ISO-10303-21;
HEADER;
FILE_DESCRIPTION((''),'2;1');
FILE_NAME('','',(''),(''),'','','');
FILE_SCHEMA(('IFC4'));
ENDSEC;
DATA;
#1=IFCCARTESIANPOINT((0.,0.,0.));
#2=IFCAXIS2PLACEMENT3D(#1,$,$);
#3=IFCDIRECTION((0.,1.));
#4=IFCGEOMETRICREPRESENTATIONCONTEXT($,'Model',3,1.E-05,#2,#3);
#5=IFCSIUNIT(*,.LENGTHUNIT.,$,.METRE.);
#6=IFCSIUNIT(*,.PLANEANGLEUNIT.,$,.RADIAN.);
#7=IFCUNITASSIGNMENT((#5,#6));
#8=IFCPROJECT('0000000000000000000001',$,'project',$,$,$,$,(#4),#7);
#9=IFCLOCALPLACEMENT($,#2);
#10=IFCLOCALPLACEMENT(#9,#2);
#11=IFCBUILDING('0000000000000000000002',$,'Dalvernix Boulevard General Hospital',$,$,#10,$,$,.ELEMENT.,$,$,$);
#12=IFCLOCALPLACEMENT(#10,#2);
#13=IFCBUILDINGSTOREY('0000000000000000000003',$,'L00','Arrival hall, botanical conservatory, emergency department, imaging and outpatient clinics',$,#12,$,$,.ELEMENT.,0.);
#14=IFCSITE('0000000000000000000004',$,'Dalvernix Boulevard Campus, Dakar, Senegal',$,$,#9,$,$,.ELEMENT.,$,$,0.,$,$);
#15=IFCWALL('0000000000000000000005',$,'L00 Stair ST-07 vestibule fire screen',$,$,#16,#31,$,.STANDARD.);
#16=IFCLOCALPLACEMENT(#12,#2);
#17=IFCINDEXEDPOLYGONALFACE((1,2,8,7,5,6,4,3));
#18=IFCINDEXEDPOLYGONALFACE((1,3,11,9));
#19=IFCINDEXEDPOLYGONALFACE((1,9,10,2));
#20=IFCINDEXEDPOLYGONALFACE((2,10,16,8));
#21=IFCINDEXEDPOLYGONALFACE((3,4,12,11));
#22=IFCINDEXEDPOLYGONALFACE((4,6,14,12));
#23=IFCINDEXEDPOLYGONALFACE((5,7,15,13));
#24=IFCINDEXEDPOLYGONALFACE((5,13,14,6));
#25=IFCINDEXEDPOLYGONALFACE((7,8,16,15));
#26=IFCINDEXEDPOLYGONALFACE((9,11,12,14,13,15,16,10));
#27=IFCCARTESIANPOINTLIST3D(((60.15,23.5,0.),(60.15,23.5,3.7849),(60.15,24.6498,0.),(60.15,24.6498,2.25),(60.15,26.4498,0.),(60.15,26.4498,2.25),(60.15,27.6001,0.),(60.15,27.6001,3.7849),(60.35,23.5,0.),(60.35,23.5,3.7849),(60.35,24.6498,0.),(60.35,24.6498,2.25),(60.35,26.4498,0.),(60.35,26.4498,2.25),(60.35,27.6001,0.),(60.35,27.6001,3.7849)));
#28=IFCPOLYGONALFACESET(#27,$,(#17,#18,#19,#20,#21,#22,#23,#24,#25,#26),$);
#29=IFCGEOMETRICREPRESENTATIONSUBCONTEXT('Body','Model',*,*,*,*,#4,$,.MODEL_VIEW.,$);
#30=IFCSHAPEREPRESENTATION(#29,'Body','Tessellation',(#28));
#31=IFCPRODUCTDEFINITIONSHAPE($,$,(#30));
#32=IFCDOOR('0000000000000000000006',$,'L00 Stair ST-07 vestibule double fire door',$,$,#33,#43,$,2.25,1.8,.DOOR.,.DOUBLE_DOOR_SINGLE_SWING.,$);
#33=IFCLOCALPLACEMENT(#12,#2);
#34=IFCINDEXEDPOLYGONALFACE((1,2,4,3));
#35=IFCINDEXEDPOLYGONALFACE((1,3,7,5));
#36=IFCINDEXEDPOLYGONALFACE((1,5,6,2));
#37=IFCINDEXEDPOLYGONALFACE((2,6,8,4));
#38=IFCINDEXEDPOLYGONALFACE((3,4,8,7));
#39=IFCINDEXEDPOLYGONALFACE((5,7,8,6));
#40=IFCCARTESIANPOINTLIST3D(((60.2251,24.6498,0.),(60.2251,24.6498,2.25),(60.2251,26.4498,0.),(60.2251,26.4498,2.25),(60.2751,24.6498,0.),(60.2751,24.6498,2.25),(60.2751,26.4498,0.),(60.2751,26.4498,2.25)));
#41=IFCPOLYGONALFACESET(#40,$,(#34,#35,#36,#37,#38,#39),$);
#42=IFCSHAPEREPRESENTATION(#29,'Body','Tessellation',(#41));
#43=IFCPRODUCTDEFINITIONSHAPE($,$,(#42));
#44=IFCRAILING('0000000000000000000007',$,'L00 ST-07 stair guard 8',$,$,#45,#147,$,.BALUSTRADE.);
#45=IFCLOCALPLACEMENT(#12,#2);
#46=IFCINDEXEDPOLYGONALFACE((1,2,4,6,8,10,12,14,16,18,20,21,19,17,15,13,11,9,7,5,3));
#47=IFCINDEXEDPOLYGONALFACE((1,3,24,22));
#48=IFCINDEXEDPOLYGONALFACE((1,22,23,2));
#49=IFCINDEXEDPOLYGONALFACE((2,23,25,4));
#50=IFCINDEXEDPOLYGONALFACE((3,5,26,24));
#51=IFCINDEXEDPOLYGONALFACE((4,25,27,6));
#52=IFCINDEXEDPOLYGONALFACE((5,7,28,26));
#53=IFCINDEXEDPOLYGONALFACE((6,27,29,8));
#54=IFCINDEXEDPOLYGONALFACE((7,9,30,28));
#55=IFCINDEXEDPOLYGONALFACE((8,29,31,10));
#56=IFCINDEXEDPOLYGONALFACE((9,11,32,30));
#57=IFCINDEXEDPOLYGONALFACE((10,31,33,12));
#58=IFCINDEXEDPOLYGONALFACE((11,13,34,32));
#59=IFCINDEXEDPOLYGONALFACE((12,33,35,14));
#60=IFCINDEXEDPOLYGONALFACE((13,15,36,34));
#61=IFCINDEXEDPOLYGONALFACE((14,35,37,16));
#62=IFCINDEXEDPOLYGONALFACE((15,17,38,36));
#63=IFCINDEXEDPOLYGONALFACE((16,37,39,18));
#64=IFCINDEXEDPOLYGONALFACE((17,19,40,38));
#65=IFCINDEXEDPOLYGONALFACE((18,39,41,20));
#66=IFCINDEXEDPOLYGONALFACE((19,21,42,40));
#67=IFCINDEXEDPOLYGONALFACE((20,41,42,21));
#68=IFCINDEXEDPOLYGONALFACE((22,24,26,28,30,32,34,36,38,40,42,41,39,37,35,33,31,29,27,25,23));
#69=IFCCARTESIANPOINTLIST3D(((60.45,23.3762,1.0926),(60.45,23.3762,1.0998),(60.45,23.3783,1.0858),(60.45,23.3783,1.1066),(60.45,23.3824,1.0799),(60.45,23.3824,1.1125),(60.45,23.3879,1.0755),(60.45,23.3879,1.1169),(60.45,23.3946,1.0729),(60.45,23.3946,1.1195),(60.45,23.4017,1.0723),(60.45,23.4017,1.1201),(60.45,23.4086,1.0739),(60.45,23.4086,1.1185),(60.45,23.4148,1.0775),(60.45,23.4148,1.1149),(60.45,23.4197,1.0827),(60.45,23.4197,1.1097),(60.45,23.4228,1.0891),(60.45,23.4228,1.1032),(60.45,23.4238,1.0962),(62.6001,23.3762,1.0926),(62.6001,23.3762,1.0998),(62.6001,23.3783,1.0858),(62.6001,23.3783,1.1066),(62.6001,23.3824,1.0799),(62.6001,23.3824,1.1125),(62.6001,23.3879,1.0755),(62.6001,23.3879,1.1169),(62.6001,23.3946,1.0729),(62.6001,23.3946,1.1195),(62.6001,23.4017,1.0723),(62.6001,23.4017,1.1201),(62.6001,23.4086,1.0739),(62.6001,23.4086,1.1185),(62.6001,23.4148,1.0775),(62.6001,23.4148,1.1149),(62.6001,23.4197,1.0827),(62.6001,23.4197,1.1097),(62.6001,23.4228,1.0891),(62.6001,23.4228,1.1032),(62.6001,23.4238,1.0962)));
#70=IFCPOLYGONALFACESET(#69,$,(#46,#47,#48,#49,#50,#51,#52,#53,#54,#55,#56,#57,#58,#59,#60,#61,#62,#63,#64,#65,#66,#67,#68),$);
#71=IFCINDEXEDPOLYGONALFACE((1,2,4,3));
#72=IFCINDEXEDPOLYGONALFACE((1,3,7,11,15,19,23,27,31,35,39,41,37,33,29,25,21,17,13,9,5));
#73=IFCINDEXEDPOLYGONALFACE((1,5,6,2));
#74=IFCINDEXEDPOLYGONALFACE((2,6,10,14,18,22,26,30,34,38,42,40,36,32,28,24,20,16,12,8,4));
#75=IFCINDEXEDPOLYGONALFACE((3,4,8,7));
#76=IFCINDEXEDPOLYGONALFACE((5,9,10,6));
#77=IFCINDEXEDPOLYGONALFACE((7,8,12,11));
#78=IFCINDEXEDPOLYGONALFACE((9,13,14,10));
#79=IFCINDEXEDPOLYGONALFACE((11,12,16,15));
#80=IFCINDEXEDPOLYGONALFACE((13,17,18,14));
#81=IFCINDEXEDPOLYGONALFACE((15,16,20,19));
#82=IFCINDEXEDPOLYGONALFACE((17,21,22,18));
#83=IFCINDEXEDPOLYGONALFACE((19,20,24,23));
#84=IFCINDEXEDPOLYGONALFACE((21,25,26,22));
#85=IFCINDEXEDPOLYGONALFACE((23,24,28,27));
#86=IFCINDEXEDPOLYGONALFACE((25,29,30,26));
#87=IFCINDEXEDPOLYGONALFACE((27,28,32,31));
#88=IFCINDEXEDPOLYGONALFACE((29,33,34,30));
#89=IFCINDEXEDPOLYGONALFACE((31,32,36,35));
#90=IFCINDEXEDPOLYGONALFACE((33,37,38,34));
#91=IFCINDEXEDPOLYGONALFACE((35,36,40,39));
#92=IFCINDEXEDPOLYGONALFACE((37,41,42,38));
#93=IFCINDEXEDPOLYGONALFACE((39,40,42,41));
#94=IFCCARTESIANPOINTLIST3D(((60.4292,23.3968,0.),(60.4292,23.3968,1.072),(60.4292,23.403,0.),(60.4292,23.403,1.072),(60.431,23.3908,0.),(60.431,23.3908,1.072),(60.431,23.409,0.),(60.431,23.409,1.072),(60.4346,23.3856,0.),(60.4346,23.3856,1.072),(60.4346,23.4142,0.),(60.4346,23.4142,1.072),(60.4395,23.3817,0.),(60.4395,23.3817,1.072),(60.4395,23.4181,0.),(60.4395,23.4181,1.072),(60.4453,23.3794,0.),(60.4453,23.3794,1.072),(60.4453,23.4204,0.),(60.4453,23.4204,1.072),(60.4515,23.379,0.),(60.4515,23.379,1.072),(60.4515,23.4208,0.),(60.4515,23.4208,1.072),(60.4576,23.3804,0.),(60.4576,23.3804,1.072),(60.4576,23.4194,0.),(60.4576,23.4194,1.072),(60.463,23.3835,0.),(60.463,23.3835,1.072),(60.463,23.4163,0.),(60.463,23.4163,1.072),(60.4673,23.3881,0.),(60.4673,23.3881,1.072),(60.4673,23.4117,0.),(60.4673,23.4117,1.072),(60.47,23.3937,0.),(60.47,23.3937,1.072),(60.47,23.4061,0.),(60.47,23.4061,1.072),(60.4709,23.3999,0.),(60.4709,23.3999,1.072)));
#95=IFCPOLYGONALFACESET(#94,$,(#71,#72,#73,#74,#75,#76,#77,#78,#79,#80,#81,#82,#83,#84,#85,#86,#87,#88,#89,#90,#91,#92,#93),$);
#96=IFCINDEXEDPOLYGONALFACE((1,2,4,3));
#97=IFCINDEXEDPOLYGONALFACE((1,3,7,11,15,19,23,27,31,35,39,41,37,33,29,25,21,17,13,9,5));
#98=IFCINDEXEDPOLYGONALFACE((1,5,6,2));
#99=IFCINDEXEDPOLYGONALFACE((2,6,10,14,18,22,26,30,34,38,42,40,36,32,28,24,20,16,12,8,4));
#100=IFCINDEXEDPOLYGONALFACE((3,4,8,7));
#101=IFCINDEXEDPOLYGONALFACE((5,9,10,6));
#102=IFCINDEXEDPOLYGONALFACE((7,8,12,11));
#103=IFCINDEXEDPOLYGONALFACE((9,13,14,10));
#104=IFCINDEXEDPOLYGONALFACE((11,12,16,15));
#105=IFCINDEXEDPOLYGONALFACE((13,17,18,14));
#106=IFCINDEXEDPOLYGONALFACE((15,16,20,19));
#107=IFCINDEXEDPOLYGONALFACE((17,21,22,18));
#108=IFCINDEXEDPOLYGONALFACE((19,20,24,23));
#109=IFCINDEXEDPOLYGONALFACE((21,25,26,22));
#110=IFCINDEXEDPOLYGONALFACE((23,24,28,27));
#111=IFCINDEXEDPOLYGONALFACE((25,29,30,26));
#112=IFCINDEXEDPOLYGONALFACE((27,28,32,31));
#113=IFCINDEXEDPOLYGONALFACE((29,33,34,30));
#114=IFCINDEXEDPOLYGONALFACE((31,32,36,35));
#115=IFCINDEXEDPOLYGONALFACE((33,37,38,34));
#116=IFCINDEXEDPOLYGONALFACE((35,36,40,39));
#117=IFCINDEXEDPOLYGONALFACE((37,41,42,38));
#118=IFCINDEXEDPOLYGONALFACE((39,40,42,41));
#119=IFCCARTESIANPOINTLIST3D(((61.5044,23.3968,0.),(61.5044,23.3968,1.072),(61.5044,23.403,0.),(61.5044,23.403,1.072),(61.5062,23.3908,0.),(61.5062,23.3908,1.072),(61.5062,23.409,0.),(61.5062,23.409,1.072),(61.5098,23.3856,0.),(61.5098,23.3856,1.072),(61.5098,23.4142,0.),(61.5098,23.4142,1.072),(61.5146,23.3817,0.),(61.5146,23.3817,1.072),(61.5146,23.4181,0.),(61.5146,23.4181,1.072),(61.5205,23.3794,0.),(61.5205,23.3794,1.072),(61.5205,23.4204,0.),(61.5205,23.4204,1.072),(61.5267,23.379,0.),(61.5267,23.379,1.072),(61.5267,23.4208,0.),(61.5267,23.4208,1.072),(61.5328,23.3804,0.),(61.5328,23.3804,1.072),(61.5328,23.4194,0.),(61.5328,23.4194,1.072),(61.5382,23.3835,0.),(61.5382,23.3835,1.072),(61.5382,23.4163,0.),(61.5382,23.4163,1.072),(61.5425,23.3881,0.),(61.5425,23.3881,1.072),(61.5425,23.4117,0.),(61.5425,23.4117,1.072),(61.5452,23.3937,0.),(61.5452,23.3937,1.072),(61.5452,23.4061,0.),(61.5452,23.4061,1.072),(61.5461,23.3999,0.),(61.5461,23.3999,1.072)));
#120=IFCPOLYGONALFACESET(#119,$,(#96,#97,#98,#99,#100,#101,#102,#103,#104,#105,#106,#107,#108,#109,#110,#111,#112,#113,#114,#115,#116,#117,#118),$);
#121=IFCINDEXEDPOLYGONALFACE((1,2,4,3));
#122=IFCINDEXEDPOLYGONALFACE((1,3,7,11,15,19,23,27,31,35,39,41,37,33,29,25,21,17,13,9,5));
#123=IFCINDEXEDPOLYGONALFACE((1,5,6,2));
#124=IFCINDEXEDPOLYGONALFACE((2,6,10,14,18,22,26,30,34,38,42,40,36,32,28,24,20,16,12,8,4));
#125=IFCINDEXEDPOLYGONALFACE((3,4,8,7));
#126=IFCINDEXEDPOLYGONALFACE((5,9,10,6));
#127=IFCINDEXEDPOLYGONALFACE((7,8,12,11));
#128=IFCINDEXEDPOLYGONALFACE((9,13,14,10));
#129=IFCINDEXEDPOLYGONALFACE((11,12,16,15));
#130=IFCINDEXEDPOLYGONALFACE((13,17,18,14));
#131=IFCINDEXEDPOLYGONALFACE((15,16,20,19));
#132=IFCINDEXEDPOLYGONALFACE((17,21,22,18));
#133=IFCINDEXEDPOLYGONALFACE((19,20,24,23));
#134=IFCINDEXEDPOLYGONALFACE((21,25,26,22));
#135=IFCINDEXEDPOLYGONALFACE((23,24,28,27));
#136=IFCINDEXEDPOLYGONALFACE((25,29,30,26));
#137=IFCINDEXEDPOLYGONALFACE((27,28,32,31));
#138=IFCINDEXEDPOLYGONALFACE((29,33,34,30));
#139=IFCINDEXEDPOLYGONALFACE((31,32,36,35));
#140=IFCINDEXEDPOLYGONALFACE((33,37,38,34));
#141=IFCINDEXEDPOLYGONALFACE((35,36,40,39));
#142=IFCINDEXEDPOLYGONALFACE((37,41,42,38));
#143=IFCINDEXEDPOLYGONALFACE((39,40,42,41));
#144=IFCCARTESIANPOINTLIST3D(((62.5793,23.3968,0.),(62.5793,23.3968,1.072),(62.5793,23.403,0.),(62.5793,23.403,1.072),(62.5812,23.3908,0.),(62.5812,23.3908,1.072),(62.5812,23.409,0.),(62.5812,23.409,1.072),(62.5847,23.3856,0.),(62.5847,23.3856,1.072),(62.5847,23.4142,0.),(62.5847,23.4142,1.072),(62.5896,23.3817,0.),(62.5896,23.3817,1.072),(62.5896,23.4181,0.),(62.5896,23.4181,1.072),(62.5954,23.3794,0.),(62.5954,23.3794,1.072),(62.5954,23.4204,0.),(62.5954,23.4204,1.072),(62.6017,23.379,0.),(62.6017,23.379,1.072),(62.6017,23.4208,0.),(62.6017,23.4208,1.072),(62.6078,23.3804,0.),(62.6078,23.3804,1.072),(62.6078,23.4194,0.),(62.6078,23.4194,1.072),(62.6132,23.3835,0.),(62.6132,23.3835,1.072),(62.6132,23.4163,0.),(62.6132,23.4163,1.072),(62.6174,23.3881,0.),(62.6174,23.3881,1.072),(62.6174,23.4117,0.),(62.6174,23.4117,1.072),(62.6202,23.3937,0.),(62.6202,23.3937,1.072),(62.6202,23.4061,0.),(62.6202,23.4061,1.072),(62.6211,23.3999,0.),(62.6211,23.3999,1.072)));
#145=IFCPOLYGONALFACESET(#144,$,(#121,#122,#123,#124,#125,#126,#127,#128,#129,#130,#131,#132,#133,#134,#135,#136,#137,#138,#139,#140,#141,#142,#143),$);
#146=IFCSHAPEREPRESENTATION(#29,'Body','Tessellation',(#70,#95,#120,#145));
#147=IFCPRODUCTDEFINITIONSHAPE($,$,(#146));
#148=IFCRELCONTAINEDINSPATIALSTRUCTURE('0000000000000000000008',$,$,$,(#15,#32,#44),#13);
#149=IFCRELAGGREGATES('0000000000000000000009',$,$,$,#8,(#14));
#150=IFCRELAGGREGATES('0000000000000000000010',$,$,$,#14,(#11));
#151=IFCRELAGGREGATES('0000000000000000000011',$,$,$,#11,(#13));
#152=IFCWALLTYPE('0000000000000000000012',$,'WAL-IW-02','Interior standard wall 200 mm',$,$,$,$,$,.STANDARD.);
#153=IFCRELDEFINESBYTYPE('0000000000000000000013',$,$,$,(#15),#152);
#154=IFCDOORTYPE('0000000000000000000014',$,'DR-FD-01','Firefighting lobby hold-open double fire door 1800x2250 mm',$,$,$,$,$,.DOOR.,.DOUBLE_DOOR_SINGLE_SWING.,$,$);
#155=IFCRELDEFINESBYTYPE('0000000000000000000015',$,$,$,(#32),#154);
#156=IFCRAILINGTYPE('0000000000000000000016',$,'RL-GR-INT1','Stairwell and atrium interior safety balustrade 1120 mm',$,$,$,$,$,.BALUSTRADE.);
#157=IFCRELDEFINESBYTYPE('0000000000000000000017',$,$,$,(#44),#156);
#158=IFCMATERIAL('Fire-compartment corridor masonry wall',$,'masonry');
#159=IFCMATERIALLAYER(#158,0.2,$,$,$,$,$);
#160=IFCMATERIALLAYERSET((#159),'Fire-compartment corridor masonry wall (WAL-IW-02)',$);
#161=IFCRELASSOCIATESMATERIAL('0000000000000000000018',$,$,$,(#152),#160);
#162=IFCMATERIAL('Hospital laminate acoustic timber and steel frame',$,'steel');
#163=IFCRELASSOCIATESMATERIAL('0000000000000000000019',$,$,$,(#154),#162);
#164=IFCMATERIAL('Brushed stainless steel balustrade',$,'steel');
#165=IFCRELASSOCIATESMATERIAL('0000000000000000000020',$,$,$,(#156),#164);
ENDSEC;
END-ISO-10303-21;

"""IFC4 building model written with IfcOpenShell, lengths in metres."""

from ifc_helpers import new_model, si_unit, direction, frame, frame_2d, origin, origin_2d, place, context, subcontext, project, spatial, rectangle, circle, extrude, material, layer, layer_set, type_object, element, fill, save


model = new_model("IFC4")

# Units and contexts
model_context = context("Model", 3, precision=1e-05, world=origin(), true_north=direction((0.0, 1.0)))
body_context = subcontext(model_context, "Body", "Model", "MODEL_VIEW")
ifc_project = project(units=[si_unit("LENGTHUNIT", "METRE"), si_unit("PLANEANGLEUNIT", "RADIAN")], contexts=[model_context])

# Site, building, storey
site_placement = place(None, origin())
site = spatial("IfcSite", under=ifc_project, at=site_placement, Name="Dalvernix Boulevard Campus, Dakar, Senegal", CompositionType="ELEMENT", RefElevation=0.0)
building_placement = place(site_placement, origin())
building = spatial("IfcBuilding", under=site, at=building_placement, Name="Dalvernix Boulevard General Hospital", CompositionType="ELEMENT")
storey_placement = place(building_placement, origin())
storey = spatial("IfcBuildingStorey", under=building, at=storey_placement, Name="L00", Description="Arrival hall, botanical conservatory, emergency department, imaging and outpatient clinics", CompositionType="ELEMENT", Elevation=0.0)

# Wall, opening, door
ifc_material_1 = material(Name="Fire-compartment corridor masonry wall", Category="masonry")
ifc_layer_1 = layer(ifc_material_1, 0.2)
ifc_layer_set_1 = layer_set([ifc_layer_1], Name="Fire-compartment corridor masonry wall (WAL-IW-02)")
wall_type = type_object("IfcWallType", Name="WAL-IW-02", Description="Interior standard wall 200 mm", PredefinedType="STANDARD", material=ifc_layer_set_1)
wall_placement = place(storey_placement, frame((60.25, 23.5, 0.0), z_axis=(0.0, 0.0, 1.0), x_axis=(0.0, 1.0, 0.0)))
wall = element("IfcWall", 1, at=wall_placement, inside=storey, type_object=wall_type, Name="L00 Stair ST-07 vestibule fire screen", PredefinedType="STANDARD", context=body_context, shape_type="SweptSolid", body=[
    extrude(rectangle(XDim=4.1001, YDim=0.2, at=frame_2d((2.05, 0.0))), origin(), (0.0, 0.0, 1.0), 3.7849),
])
opening_placement = place(wall_placement, frame((1.1499, 0.0, 0.0)))
opening = element("IfcOpeningElement", 2, at=opening_placement, cuts=wall, PredefinedType="OPENING", context=body_context, shape_type="SweptSolid", body=[
    extrude(rectangle(XDim=1.8, YDim=2.25, at=frame_2d((0.8999, 1.125))), frame((0.0, 0.1099, 0.0), z_axis=(0.0, -1.0, 0.0), x_axis=(1.0, 0.0, 0.0)), (0.0, 0.0, 1.0), 0.22),
])
ifc_material_2 = material(Name="Hospital laminate acoustic timber and steel frame", Category="steel")
door_type = type_object("IfcDoorType", Name="DR-FD-01", Description="Firefighting lobby hold-open double fire door 1800x2250 mm", OperationType="DOUBLE_DOOR_SINGLE_SWING", PredefinedType="DOOR", material=ifc_material_2)
door_placement = place(opening_placement, origin())
door = element("IfcDoor", 3, at=door_placement, inside=storey, type_object=door_type, Name="L00 Stair ST-07 vestibule double fire door", OperationType="DOUBLE_DOOR_SINGLE_SWING", OverallHeight=2.25, OverallWidth=1.8, PredefinedType="DOOR", context=body_context, shape_type="SweptSolid", body=[
    extrude(rectangle(XDim=1.8, YDim=2.25, at=frame_2d((0.8999, 1.125))), frame((0.0, 0.0249, 0.0), z_axis=(0.0, -1.0, 0.0), x_axis=(1.0, 0.0, 0.0)), (0.0, 0.0, 1.0), 0.05),
])
fill(opening, door)

# Railing
ifc_material_3 = material(Name="Brushed stainless steel balustrade", Category="steel")
railing_type = type_object("IfcRailingType", Name="RL-GR-INT1", Description="Stairwell and atrium interior safety balustrade 1120 mm", PredefinedType="BALUSTRADE", material=ifc_material_3)
for number, where, name in (
    (4, (60.45, 23.3999, 0.0), "L00 ST-07 stair guard 8"),
):
    element("IfcRailing", number, at=place(storey_placement, frame(where)), inside=storey, type_object=railing_type, Name=name, PredefinedType="BALUSTRADE", context=body_context, shape_type="SweptSolid", body=[
        extrude(circle(Radius=0.0239, at=origin_2d()), frame((0.0, 0.0, 1.0962), z_axis=(1.0, 0.0, 0.0), x_axis=(0.0, 1.0, 0.0)), (0.0, 0.0, 1.0), 2.1501),
        extrude(circle(Radius=0.021, at=origin_2d()), origin(), (0.0, 0.0, 1.0), 1.072),
        extrude(circle(Radius=0.021, at=origin_2d()), frame((1.0752, 0.0, 0.0)), (0.0, 0.0, 1.0), 1.072),
        extrude(circle(Radius=0.021, at=origin_2d()), frame((2.1501, 0.0, 0.0)), (0.0, 0.0, 1.0), 1.072),
    ])

save(model, "model.ifc")
